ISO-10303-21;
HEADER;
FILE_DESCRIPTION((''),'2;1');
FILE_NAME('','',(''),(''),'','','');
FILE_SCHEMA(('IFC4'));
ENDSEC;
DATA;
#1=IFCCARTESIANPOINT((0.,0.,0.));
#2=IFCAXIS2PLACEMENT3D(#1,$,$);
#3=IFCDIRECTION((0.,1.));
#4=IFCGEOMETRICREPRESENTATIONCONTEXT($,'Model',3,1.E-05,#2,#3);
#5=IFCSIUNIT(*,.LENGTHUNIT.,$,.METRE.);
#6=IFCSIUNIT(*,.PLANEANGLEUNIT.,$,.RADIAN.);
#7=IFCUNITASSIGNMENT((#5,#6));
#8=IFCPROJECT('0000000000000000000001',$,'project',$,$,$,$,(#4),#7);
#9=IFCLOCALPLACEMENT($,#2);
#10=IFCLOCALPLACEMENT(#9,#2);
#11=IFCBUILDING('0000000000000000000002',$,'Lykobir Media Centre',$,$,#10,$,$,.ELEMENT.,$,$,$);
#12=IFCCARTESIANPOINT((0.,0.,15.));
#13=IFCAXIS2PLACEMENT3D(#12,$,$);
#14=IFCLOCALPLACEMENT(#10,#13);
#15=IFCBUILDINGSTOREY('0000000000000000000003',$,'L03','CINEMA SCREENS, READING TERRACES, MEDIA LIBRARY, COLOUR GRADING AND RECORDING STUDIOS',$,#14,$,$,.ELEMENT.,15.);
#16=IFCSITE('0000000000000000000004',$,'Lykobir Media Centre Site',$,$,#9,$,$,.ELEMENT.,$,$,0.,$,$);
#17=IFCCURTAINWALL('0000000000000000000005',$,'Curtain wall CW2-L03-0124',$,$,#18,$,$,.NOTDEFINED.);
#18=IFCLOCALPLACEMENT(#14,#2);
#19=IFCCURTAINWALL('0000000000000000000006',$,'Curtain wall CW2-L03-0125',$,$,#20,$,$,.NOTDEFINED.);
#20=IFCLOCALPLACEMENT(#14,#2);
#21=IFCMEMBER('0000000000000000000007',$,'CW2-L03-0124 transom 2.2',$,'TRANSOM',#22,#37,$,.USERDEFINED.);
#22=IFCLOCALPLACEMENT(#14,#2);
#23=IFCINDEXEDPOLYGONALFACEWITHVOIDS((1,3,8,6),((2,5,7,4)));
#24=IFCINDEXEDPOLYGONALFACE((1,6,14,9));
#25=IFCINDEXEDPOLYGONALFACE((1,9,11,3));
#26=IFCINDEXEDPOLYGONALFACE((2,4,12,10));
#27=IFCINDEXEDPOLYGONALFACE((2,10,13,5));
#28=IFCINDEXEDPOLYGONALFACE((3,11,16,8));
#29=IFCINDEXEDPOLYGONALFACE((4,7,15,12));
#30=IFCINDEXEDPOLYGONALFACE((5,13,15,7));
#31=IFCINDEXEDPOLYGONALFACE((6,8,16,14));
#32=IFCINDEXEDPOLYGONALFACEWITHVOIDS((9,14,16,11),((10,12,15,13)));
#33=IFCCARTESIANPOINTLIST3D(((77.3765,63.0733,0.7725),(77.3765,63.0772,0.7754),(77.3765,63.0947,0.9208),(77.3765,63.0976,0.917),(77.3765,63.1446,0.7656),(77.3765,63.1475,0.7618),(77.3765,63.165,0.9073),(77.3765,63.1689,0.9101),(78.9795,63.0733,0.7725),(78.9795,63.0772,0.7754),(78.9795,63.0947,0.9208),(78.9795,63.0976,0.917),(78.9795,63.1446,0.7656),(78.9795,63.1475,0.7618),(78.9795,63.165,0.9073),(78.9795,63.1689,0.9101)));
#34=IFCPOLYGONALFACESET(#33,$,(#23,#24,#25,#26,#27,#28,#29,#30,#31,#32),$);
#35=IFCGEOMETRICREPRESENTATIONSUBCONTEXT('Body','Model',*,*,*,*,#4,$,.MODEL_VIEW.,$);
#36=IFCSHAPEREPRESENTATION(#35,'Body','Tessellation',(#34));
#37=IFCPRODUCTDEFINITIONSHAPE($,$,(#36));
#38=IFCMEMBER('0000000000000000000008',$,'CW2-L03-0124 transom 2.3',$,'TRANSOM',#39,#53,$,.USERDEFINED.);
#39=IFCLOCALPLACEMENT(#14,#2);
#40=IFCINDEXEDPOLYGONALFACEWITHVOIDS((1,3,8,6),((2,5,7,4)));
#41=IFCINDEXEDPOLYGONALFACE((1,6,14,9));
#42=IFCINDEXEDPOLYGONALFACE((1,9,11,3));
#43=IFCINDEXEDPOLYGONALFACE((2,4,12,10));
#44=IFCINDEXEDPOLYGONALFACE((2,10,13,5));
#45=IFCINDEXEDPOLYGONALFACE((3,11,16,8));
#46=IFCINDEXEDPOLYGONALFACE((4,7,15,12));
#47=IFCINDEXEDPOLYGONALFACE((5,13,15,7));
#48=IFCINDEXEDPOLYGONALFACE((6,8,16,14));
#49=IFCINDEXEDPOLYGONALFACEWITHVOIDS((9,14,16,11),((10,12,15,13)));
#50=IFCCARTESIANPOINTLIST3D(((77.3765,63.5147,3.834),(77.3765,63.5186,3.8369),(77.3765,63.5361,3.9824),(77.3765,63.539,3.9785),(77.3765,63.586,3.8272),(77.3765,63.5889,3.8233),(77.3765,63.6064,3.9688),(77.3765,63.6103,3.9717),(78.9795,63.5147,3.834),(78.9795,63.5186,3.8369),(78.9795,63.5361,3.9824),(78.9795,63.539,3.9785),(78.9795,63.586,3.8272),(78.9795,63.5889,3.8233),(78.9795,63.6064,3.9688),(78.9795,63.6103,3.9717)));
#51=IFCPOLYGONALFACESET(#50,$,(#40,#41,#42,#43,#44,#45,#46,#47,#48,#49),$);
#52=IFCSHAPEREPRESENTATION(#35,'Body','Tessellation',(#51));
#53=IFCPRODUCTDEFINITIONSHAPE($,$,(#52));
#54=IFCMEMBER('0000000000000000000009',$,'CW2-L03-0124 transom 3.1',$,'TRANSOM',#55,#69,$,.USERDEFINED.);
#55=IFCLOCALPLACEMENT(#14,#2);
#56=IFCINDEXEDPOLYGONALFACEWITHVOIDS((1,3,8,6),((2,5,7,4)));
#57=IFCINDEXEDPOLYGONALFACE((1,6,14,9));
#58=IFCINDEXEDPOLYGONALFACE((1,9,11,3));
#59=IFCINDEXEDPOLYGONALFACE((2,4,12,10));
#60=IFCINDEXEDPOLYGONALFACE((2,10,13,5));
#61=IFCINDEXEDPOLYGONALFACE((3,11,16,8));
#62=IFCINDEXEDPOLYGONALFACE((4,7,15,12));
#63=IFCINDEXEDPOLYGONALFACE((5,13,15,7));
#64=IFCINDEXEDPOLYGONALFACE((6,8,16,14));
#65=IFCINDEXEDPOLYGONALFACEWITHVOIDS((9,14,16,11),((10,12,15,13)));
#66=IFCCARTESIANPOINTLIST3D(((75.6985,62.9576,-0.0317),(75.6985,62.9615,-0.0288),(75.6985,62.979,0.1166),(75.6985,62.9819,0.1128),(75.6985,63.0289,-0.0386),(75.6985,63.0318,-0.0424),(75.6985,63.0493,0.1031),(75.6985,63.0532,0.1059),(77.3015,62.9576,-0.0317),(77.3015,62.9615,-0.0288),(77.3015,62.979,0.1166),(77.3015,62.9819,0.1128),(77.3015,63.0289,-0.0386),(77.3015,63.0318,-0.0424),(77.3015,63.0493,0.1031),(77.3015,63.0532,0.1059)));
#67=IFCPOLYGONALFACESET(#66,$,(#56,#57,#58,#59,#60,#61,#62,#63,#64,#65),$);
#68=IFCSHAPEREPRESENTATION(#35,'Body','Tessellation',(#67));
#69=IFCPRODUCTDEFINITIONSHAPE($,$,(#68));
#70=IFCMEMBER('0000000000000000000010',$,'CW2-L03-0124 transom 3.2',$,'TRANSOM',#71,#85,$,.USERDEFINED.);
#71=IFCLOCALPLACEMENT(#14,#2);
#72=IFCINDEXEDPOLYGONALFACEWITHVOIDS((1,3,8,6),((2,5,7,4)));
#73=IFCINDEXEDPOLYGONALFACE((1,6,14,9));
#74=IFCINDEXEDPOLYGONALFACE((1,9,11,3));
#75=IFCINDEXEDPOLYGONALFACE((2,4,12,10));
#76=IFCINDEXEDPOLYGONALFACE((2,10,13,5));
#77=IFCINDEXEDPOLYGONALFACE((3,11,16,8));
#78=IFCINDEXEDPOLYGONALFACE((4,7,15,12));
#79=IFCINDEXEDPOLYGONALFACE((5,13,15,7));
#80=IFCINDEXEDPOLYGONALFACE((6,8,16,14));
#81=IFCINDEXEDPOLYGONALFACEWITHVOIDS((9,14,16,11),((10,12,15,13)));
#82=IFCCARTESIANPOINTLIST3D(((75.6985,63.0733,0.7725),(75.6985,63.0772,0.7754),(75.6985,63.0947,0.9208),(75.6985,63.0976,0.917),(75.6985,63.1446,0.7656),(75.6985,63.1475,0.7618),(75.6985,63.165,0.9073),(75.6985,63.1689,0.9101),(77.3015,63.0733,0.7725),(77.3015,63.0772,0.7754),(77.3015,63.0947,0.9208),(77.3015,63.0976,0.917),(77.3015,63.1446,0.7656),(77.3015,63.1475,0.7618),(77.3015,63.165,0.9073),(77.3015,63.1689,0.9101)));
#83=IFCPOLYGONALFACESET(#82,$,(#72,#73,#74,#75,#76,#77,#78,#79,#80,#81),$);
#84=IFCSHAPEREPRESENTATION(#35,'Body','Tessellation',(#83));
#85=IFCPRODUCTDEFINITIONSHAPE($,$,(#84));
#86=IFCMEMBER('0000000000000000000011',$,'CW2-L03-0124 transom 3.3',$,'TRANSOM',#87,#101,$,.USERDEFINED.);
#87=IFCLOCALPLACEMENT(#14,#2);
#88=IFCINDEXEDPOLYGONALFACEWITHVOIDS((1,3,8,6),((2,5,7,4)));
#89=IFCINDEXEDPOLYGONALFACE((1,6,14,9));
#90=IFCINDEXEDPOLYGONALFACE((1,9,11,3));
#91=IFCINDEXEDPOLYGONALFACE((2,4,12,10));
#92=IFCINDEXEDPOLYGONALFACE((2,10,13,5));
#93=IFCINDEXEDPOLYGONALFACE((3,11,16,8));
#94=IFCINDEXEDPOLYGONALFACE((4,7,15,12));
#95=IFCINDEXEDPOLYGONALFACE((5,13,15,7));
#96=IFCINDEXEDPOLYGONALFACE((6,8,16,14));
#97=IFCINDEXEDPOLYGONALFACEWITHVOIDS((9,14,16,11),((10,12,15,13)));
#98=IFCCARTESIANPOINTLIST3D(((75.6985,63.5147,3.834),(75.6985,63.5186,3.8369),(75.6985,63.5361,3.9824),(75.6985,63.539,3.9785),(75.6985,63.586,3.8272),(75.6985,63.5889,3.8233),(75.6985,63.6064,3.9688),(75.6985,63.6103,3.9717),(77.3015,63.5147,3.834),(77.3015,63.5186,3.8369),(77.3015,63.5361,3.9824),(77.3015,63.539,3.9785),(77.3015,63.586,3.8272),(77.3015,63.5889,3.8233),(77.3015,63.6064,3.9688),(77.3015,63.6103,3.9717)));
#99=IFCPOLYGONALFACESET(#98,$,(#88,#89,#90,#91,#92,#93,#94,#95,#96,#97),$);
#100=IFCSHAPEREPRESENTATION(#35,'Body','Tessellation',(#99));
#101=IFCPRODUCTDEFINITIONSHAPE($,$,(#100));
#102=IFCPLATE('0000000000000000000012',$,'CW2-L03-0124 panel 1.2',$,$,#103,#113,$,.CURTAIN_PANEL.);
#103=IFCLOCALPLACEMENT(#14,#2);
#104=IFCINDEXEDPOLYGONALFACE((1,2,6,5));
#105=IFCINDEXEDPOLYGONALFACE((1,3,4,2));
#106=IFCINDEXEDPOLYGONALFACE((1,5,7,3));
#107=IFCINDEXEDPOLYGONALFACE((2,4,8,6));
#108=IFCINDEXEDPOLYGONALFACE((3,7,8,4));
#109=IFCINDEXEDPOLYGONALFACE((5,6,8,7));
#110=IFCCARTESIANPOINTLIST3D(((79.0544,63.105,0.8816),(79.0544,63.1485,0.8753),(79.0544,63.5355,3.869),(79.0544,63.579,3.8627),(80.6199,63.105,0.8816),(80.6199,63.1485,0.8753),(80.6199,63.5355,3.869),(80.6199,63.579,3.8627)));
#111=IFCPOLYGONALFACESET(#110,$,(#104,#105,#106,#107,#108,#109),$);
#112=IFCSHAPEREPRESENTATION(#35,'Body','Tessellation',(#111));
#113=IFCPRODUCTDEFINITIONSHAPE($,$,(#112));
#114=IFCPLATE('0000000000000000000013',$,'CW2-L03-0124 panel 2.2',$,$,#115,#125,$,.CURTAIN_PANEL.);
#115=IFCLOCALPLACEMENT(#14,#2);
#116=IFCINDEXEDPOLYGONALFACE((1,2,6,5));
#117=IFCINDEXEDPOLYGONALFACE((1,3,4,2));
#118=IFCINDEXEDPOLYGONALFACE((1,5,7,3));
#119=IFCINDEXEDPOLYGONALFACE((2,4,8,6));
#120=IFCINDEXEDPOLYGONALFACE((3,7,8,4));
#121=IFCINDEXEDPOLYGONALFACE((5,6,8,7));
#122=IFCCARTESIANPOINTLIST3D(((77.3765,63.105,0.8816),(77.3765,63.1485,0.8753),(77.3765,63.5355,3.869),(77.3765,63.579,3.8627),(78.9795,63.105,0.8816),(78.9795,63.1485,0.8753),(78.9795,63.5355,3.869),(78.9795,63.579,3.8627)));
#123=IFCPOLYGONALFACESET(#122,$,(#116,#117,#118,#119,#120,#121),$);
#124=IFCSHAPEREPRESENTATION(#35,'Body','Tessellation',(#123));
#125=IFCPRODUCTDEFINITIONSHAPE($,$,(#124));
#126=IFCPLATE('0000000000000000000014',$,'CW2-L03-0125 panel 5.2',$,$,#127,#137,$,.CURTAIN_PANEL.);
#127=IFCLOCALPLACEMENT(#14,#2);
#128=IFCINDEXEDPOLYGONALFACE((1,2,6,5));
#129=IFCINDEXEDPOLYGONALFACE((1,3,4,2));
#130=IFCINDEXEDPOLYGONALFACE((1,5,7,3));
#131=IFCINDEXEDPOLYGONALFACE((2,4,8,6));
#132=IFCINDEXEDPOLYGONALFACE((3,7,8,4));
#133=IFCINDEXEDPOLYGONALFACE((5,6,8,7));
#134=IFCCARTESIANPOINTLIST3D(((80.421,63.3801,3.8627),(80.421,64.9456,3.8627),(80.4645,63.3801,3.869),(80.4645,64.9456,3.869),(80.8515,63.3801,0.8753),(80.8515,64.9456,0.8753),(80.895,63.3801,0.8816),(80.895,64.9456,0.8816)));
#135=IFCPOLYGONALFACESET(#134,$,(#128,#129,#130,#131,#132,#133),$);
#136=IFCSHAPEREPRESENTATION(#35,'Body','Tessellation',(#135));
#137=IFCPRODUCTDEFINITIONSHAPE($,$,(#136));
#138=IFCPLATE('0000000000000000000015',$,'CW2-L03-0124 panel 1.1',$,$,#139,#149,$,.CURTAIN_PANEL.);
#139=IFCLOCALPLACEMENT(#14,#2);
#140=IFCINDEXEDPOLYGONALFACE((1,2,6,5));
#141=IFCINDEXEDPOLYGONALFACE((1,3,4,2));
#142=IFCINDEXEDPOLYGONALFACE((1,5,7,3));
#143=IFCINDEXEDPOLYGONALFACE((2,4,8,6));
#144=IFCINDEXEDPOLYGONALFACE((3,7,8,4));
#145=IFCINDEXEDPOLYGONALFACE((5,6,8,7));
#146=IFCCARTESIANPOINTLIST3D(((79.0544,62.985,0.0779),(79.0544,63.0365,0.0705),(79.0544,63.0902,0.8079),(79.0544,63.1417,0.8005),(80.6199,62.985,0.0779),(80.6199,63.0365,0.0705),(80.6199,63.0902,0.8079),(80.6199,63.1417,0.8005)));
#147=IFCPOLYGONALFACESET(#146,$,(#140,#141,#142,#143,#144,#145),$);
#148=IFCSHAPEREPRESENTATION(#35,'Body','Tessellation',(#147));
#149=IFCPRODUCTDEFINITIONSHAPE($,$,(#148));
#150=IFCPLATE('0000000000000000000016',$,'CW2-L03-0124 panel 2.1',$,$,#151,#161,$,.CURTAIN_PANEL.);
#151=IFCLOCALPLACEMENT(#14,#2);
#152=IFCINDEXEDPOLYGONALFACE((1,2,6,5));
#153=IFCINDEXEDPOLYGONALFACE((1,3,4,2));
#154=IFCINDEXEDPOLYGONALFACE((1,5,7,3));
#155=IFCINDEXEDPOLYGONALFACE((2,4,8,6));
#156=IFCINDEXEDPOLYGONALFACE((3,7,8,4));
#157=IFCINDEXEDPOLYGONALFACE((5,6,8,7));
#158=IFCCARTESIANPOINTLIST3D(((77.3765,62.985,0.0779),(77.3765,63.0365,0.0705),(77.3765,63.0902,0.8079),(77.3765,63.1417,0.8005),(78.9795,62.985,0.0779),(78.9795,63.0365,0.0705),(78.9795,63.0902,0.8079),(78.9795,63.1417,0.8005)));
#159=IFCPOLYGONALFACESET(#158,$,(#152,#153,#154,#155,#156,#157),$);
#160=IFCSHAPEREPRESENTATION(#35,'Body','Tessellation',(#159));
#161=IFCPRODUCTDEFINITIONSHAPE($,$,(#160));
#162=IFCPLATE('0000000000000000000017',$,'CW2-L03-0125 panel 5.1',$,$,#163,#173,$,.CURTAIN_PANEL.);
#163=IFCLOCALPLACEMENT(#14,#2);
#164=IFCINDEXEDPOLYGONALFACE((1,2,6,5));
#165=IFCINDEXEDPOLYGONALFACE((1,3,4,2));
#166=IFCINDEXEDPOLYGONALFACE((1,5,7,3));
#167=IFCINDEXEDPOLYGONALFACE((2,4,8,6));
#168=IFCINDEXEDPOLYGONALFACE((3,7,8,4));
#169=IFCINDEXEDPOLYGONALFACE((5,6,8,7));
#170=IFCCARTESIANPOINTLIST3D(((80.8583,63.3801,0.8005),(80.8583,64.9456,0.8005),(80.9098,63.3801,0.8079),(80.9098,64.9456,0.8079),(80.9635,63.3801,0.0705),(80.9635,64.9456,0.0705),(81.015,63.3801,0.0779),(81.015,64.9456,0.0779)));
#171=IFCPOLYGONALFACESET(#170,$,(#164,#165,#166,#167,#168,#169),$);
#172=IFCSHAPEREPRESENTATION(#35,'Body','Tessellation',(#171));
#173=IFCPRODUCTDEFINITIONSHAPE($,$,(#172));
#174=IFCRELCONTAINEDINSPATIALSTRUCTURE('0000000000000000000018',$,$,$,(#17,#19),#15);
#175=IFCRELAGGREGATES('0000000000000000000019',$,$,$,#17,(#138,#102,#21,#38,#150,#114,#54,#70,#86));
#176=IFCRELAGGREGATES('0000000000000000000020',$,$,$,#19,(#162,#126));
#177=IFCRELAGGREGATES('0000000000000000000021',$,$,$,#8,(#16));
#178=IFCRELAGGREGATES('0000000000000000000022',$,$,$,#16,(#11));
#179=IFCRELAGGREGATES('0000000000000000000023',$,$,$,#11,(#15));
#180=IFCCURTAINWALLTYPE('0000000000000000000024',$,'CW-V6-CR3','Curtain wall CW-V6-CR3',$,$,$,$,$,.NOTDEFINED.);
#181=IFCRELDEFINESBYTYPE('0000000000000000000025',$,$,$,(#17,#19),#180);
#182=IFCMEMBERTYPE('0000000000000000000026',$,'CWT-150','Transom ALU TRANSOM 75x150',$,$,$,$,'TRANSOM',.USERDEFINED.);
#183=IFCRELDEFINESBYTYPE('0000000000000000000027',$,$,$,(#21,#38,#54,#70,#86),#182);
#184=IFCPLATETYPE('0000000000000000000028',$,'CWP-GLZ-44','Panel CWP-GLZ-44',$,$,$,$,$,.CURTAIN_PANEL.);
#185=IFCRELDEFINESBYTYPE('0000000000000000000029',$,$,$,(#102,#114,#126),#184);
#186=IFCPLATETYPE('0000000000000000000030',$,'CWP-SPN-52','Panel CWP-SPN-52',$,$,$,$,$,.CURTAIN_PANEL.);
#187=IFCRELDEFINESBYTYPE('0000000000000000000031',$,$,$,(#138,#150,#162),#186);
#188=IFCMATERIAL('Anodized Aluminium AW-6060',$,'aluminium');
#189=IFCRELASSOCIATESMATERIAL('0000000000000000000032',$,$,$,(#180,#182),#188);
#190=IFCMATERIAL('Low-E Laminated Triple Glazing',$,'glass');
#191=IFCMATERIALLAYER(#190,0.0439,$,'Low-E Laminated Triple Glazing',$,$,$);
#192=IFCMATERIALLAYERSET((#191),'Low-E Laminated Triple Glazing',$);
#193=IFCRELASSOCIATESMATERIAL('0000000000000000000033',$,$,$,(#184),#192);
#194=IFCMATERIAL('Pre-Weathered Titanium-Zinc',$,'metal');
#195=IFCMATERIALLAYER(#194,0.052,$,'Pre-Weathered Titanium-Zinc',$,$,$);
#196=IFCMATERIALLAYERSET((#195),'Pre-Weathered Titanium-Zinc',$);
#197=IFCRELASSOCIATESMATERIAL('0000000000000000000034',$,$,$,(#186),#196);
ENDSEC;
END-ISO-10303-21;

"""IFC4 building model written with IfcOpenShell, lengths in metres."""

from ifc_helpers import new_model, si_unit, direction, frame, origin, origin_2d, place, context, subcontext, project, spatial, rectangle, hollow_rectangle, extrude, material, layer, layer_set, material_profile, profile_set, type_object, element, aggregate, save


model = new_model("IFC4")

# Units and contexts
model_context = context("Model", 3, precision=1e-05, world=origin(), true_north=direction((0.0, 1.0)))
body_context = subcontext(model_context, "Body", "Model", "MODEL_VIEW")
ifc_project = project(units=[si_unit("LENGTHUNIT", "METRE"), si_unit("PLANEANGLEUNIT", "RADIAN")], contexts=[model_context])

# Site, building, storey
site_placement = place(None, origin())
site = spatial("IfcSite", under=ifc_project, at=site_placement, Name="Lykobir Media Centre Site", CompositionType="ELEMENT", RefElevation=0.0)
building_placement = place(site_placement, origin())
building = spatial("IfcBuilding", under=site, at=building_placement, Name="Lykobir Media Centre", CompositionType="ELEMENT")
storey_placement = place(building_placement, frame((0.0, 0.0, 15.0)))
storey = spatial("IfcBuildingStorey", under=building, at=storey_placement, Name="L03", Description="CINEMA SCREENS, READING TERRACES, MEDIA LIBRARY, COLOUR GRADING AND RECORDING STUDIOS", CompositionType="ELEMENT", Elevation=15.0)

# Curtain wall
ifc_material_1 = material(Name="Anodized Aluminium AW-6060", Category="aluminium")
curtain_wall_type = type_object("IfcCurtainWallType", Name="CW-V6-CR3", Description="Curtain wall CW-V6-CR3", PredefinedType="NOTDEFINED", material=ifc_material_1)
curtain_wall_1_placement = place(storey_placement, origin())
curtain_wall_1 = element("IfcCurtainWall", 1, at=curtain_wall_1_placement, inside=storey, type_object=curtain_wall_type, Name="Curtain wall CW2-L03-0124", PredefinedType="NOTDEFINED")

# Curtain wall
curtain_wall_2_placement = place(storey_placement, origin())
curtain_wall_2 = element("IfcCurtainWall", 2, at=curtain_wall_2_placement, inside=storey, type_object=curtain_wall_type, Name="Curtain wall CW2-L03-0125", PredefinedType="NOTDEFINED")

# Members
ifc_material_profile_1 = material_profile(ifc_material_1, hollow_rectangle(XDim=0.075, YDim=0.1499, WallThickness=0.0034, at=origin_2d()), Name="ALU TRANSOM 75x150")
ifc_profile_set_1 = profile_set([ifc_material_profile_1], Name="Anodized Aluminium AW-6060")
member_type_1 = type_object("IfcMemberType", Name="CWT-150", Description="Transom ALU TRANSOM 75x150", ElementType="TRANSOM", PredefinedType="USERDEFINED", material=ifc_profile_set_1)
member_1_placement = place(storey_placement, frame((78.9795, 63.1211, 0.8413), z_axis=(-1.0, 0.0, 0.0), x_axis=(0.0, -0.989776, 0.142629)))
member_1 = element("IfcMember", 3, at=member_1_placement, type_object=member_type_1, Name="CW2-L03-0124 transom 2.2", ObjectType="TRANSOM", PredefinedType="USERDEFINED", context=body_context, shape_type="SweptSolid", body=[
    extrude(hollow_rectangle(XDim=0.075, YDim=0.1499, WallThickness=0.0034, at=origin_2d()), origin(), (0.0, 0.0, 1.0), 1.603),
])
member_2_placement = place(storey_placement, frame((78.9795, 63.5625, 3.9028), z_axis=(-1.0, 0.0, 0.0), x_axis=(0.0, -0.989776, 0.142629)))
member_2 = element("IfcMember", 4, at=member_2_placement, type_object=member_type_1, Name="CW2-L03-0124 transom 2.3", ObjectType="TRANSOM", PredefinedType="USERDEFINED", context=body_context, shape_type="SweptSolid", body=[
    extrude(hollow_rectangle(XDim=0.075, YDim=0.1499, WallThickness=0.0034, at=origin_2d()), origin(), (0.0, 0.0, 1.0), 1.603),
])
member_3_placement = place(storey_placement, frame((77.3015, 63.0054, 0.0371), z_axis=(-1.0, 0.0, 0.0), x_axis=(0.0, -0.989776, 0.142629)))
member_3 = element("IfcMember", 5, at=member_3_placement, type_object=member_type_1, Name="CW2-L03-0124 transom 3.1", ObjectType="TRANSOM", PredefinedType="USERDEFINED", context=body_context, shape_type="SweptSolid", body=[
    extrude(hollow_rectangle(XDim=0.075, YDim=0.1499, WallThickness=0.0034, at=origin_2d()), origin(), (0.0, 0.0, 1.0), 1.603),
])
member_4_placement = place(storey_placement, frame((77.3015, 63.1211, 0.8413), z_axis=(-1.0, 0.0, 0.0), x_axis=(0.0, -0.989776, 0.142629)))
member_4 = element("IfcMember", 6, at=member_4_placement, type_object=member_type_1, Name="CW2-L03-0124 transom 3.2", ObjectType="TRANSOM", PredefinedType="USERDEFINED", context=body_context, shape_type="SweptSolid", body=[
    extrude(hollow_rectangle(XDim=0.075, YDim=0.1499, WallThickness=0.0034, at=origin_2d()), origin(), (0.0, 0.0, 1.0), 1.603),
])
member_5_placement = place(storey_placement, frame((77.3015, 63.5625, 3.9028), z_axis=(-1.0, 0.0, 0.0), x_axis=(0.0, -0.989776, 0.142629)))
member_5 = element("IfcMember", 7, at=member_5_placement, type_object=member_type_1, Name="CW2-L03-0124 transom 3.3", ObjectType="TRANSOM", PredefinedType="USERDEFINED", context=body_context, shape_type="SweptSolid", body=[
    extrude(hollow_rectangle(XDim=0.075, YDim=0.1499, WallThickness=0.0034, at=origin_2d()), origin(), (0.0, 0.0, 1.0), 1.603),
])

# Plates
ifc_material_2 = material(Name="Low-E Laminated Triple Glazing", Category="glass")
ifc_layer_1 = layer(ifc_material_2, 0.0439, Name="Low-E Laminated Triple Glazing")
ifc_layer_set_1 = layer_set([ifc_layer_1], Name="Low-E Laminated Triple Glazing")
plate_type_1 = type_object("IfcPlateType", Name="CWP-GLZ-44", Description="Panel CWP-GLZ-44", PredefinedType="CURTAIN_PANEL", material=ifc_layer_set_1)
plate_1_placement = place(storey_placement, frame((79.8372, 63.1267, 0.8784), z_axis=(0.0, 0.142629, 0.989776), x_axis=(-1.0, 0.0, 0.0)))
plate_1 = element("IfcPlate", 8, at=plate_1_placement, type_object=plate_type_1, Name="CW2-L03-0124 panel 1.2", PredefinedType="CURTAIN_PANEL", context=body_context, shape_type="SweptSolid", body=[
    extrude(rectangle(XDim=1.5654, YDim=0.0439, at=origin_2d()), origin(), (0.0, 0.0, 1.0), 3.0183),
])
plate_2_placement = place(storey_placement, frame((78.178, 63.1267, 0.8784), z_axis=(0.0, 0.142629, 0.989776), x_axis=(-1.0, 0.0, 0.0)))
plate_2 = element("IfcPlate", 9, at=plate_2_placement, type_object=plate_type_1, Name="CW2-L03-0124 panel 2.2", PredefinedType="CURTAIN_PANEL", context=body_context, shape_type="SweptSolid", body=[
    extrude(rectangle(XDim=1.603, YDim=0.0439, at=origin_2d()), origin(), (0.0, 0.0, 1.0), 3.0183),
])
plate_3_placement = place(storey_placement, frame((80.8733, 64.1628, 0.8784), z_axis=(-0.142629, 0.0, 0.989776), x_axis=(0.0, -1.0, 0.0)))
plate_3 = element("IfcPlate", 10, at=plate_3_placement, type_object=plate_type_1, Name="CW2-L03-0125 panel 5.2", PredefinedType="CURTAIN_PANEL", context=body_context, shape_type="SweptSolid", body=[
    extrude(rectangle(XDim=1.5654, YDim=0.0439, at=origin_2d()), origin(), (0.0, 0.0, 1.0), 3.0183),
])
ifc_material_3 = material(Name="Pre-Weathered Titanium-Zinc", Category="metal")
ifc_layer_2 = layer(ifc_material_3, 0.052, Name="Pre-Weathered Titanium-Zinc")
ifc_layer_set_2 = layer_set([ifc_layer_2], Name="Pre-Weathered Titanium-Zinc")
plate_type_2 = type_object("IfcPlateType", Name="CWP-SPN-52", Description="Panel CWP-SPN-52", PredefinedType="CURTAIN_PANEL", material=ifc_layer_set_2)
plate_4_placement = place(storey_placement, frame((79.8372, 63.0107, 0.0742), z_axis=(0.0, 0.142629, 0.989776), x_axis=(-1.0, 0.0, 0.0)))
plate_4 = element("IfcPlate", 11, at=plate_4_placement, type_object=plate_type_2, Name="CW2-L03-0124 panel 1.1", PredefinedType="CURTAIN_PANEL", context=body_context, shape_type="SweptSolid", body=[
    extrude(rectangle(XDim=1.5654, YDim=0.052, at=origin_2d()), origin(), (0.0, 0.0, 1.0), 0.7375),
])
plate_5_placement = place(storey_placement, frame((78.178, 63.0107, 0.0742), z_axis=(0.0, 0.142629, 0.989776), x_axis=(-1.0, 0.0, 0.0)))
plate_5 = element("IfcPlate", 12, at=plate_5_placement, type_object=plate_type_2, Name="CW2-L03-0124 panel 2.1", PredefinedType="CURTAIN_PANEL", context=body_context, shape_type="SweptSolid", body=[
    extrude(rectangle(XDim=1.603, YDim=0.052, at=origin_2d()), origin(), (0.0, 0.0, 1.0), 0.7375),
])
aggregate(curtain_wall_1, [plate_4, plate_1, member_1, member_2, plate_5, plate_2, member_3, member_4, member_5])
plate_6_placement = place(storey_placement, frame((80.9893, 64.1628, 0.0742), z_axis=(-0.142629, 0.0, 0.989776), x_axis=(0.0, -1.0, 0.0)))
plate_6 = element("IfcPlate", 13, at=plate_6_placement, type_object=plate_type_2, Name="CW2-L03-0125 panel 5.1", PredefinedType="CURTAIN_PANEL", context=body_context, shape_type="SweptSolid", body=[
    extrude(rectangle(XDim=1.5654, YDim=0.052, at=origin_2d()), origin(), (0.0, 0.0, 1.0), 0.7375),
])
aggregate(curtain_wall_2, [plate_6, plate_3])

save(model, "model.ifc")
